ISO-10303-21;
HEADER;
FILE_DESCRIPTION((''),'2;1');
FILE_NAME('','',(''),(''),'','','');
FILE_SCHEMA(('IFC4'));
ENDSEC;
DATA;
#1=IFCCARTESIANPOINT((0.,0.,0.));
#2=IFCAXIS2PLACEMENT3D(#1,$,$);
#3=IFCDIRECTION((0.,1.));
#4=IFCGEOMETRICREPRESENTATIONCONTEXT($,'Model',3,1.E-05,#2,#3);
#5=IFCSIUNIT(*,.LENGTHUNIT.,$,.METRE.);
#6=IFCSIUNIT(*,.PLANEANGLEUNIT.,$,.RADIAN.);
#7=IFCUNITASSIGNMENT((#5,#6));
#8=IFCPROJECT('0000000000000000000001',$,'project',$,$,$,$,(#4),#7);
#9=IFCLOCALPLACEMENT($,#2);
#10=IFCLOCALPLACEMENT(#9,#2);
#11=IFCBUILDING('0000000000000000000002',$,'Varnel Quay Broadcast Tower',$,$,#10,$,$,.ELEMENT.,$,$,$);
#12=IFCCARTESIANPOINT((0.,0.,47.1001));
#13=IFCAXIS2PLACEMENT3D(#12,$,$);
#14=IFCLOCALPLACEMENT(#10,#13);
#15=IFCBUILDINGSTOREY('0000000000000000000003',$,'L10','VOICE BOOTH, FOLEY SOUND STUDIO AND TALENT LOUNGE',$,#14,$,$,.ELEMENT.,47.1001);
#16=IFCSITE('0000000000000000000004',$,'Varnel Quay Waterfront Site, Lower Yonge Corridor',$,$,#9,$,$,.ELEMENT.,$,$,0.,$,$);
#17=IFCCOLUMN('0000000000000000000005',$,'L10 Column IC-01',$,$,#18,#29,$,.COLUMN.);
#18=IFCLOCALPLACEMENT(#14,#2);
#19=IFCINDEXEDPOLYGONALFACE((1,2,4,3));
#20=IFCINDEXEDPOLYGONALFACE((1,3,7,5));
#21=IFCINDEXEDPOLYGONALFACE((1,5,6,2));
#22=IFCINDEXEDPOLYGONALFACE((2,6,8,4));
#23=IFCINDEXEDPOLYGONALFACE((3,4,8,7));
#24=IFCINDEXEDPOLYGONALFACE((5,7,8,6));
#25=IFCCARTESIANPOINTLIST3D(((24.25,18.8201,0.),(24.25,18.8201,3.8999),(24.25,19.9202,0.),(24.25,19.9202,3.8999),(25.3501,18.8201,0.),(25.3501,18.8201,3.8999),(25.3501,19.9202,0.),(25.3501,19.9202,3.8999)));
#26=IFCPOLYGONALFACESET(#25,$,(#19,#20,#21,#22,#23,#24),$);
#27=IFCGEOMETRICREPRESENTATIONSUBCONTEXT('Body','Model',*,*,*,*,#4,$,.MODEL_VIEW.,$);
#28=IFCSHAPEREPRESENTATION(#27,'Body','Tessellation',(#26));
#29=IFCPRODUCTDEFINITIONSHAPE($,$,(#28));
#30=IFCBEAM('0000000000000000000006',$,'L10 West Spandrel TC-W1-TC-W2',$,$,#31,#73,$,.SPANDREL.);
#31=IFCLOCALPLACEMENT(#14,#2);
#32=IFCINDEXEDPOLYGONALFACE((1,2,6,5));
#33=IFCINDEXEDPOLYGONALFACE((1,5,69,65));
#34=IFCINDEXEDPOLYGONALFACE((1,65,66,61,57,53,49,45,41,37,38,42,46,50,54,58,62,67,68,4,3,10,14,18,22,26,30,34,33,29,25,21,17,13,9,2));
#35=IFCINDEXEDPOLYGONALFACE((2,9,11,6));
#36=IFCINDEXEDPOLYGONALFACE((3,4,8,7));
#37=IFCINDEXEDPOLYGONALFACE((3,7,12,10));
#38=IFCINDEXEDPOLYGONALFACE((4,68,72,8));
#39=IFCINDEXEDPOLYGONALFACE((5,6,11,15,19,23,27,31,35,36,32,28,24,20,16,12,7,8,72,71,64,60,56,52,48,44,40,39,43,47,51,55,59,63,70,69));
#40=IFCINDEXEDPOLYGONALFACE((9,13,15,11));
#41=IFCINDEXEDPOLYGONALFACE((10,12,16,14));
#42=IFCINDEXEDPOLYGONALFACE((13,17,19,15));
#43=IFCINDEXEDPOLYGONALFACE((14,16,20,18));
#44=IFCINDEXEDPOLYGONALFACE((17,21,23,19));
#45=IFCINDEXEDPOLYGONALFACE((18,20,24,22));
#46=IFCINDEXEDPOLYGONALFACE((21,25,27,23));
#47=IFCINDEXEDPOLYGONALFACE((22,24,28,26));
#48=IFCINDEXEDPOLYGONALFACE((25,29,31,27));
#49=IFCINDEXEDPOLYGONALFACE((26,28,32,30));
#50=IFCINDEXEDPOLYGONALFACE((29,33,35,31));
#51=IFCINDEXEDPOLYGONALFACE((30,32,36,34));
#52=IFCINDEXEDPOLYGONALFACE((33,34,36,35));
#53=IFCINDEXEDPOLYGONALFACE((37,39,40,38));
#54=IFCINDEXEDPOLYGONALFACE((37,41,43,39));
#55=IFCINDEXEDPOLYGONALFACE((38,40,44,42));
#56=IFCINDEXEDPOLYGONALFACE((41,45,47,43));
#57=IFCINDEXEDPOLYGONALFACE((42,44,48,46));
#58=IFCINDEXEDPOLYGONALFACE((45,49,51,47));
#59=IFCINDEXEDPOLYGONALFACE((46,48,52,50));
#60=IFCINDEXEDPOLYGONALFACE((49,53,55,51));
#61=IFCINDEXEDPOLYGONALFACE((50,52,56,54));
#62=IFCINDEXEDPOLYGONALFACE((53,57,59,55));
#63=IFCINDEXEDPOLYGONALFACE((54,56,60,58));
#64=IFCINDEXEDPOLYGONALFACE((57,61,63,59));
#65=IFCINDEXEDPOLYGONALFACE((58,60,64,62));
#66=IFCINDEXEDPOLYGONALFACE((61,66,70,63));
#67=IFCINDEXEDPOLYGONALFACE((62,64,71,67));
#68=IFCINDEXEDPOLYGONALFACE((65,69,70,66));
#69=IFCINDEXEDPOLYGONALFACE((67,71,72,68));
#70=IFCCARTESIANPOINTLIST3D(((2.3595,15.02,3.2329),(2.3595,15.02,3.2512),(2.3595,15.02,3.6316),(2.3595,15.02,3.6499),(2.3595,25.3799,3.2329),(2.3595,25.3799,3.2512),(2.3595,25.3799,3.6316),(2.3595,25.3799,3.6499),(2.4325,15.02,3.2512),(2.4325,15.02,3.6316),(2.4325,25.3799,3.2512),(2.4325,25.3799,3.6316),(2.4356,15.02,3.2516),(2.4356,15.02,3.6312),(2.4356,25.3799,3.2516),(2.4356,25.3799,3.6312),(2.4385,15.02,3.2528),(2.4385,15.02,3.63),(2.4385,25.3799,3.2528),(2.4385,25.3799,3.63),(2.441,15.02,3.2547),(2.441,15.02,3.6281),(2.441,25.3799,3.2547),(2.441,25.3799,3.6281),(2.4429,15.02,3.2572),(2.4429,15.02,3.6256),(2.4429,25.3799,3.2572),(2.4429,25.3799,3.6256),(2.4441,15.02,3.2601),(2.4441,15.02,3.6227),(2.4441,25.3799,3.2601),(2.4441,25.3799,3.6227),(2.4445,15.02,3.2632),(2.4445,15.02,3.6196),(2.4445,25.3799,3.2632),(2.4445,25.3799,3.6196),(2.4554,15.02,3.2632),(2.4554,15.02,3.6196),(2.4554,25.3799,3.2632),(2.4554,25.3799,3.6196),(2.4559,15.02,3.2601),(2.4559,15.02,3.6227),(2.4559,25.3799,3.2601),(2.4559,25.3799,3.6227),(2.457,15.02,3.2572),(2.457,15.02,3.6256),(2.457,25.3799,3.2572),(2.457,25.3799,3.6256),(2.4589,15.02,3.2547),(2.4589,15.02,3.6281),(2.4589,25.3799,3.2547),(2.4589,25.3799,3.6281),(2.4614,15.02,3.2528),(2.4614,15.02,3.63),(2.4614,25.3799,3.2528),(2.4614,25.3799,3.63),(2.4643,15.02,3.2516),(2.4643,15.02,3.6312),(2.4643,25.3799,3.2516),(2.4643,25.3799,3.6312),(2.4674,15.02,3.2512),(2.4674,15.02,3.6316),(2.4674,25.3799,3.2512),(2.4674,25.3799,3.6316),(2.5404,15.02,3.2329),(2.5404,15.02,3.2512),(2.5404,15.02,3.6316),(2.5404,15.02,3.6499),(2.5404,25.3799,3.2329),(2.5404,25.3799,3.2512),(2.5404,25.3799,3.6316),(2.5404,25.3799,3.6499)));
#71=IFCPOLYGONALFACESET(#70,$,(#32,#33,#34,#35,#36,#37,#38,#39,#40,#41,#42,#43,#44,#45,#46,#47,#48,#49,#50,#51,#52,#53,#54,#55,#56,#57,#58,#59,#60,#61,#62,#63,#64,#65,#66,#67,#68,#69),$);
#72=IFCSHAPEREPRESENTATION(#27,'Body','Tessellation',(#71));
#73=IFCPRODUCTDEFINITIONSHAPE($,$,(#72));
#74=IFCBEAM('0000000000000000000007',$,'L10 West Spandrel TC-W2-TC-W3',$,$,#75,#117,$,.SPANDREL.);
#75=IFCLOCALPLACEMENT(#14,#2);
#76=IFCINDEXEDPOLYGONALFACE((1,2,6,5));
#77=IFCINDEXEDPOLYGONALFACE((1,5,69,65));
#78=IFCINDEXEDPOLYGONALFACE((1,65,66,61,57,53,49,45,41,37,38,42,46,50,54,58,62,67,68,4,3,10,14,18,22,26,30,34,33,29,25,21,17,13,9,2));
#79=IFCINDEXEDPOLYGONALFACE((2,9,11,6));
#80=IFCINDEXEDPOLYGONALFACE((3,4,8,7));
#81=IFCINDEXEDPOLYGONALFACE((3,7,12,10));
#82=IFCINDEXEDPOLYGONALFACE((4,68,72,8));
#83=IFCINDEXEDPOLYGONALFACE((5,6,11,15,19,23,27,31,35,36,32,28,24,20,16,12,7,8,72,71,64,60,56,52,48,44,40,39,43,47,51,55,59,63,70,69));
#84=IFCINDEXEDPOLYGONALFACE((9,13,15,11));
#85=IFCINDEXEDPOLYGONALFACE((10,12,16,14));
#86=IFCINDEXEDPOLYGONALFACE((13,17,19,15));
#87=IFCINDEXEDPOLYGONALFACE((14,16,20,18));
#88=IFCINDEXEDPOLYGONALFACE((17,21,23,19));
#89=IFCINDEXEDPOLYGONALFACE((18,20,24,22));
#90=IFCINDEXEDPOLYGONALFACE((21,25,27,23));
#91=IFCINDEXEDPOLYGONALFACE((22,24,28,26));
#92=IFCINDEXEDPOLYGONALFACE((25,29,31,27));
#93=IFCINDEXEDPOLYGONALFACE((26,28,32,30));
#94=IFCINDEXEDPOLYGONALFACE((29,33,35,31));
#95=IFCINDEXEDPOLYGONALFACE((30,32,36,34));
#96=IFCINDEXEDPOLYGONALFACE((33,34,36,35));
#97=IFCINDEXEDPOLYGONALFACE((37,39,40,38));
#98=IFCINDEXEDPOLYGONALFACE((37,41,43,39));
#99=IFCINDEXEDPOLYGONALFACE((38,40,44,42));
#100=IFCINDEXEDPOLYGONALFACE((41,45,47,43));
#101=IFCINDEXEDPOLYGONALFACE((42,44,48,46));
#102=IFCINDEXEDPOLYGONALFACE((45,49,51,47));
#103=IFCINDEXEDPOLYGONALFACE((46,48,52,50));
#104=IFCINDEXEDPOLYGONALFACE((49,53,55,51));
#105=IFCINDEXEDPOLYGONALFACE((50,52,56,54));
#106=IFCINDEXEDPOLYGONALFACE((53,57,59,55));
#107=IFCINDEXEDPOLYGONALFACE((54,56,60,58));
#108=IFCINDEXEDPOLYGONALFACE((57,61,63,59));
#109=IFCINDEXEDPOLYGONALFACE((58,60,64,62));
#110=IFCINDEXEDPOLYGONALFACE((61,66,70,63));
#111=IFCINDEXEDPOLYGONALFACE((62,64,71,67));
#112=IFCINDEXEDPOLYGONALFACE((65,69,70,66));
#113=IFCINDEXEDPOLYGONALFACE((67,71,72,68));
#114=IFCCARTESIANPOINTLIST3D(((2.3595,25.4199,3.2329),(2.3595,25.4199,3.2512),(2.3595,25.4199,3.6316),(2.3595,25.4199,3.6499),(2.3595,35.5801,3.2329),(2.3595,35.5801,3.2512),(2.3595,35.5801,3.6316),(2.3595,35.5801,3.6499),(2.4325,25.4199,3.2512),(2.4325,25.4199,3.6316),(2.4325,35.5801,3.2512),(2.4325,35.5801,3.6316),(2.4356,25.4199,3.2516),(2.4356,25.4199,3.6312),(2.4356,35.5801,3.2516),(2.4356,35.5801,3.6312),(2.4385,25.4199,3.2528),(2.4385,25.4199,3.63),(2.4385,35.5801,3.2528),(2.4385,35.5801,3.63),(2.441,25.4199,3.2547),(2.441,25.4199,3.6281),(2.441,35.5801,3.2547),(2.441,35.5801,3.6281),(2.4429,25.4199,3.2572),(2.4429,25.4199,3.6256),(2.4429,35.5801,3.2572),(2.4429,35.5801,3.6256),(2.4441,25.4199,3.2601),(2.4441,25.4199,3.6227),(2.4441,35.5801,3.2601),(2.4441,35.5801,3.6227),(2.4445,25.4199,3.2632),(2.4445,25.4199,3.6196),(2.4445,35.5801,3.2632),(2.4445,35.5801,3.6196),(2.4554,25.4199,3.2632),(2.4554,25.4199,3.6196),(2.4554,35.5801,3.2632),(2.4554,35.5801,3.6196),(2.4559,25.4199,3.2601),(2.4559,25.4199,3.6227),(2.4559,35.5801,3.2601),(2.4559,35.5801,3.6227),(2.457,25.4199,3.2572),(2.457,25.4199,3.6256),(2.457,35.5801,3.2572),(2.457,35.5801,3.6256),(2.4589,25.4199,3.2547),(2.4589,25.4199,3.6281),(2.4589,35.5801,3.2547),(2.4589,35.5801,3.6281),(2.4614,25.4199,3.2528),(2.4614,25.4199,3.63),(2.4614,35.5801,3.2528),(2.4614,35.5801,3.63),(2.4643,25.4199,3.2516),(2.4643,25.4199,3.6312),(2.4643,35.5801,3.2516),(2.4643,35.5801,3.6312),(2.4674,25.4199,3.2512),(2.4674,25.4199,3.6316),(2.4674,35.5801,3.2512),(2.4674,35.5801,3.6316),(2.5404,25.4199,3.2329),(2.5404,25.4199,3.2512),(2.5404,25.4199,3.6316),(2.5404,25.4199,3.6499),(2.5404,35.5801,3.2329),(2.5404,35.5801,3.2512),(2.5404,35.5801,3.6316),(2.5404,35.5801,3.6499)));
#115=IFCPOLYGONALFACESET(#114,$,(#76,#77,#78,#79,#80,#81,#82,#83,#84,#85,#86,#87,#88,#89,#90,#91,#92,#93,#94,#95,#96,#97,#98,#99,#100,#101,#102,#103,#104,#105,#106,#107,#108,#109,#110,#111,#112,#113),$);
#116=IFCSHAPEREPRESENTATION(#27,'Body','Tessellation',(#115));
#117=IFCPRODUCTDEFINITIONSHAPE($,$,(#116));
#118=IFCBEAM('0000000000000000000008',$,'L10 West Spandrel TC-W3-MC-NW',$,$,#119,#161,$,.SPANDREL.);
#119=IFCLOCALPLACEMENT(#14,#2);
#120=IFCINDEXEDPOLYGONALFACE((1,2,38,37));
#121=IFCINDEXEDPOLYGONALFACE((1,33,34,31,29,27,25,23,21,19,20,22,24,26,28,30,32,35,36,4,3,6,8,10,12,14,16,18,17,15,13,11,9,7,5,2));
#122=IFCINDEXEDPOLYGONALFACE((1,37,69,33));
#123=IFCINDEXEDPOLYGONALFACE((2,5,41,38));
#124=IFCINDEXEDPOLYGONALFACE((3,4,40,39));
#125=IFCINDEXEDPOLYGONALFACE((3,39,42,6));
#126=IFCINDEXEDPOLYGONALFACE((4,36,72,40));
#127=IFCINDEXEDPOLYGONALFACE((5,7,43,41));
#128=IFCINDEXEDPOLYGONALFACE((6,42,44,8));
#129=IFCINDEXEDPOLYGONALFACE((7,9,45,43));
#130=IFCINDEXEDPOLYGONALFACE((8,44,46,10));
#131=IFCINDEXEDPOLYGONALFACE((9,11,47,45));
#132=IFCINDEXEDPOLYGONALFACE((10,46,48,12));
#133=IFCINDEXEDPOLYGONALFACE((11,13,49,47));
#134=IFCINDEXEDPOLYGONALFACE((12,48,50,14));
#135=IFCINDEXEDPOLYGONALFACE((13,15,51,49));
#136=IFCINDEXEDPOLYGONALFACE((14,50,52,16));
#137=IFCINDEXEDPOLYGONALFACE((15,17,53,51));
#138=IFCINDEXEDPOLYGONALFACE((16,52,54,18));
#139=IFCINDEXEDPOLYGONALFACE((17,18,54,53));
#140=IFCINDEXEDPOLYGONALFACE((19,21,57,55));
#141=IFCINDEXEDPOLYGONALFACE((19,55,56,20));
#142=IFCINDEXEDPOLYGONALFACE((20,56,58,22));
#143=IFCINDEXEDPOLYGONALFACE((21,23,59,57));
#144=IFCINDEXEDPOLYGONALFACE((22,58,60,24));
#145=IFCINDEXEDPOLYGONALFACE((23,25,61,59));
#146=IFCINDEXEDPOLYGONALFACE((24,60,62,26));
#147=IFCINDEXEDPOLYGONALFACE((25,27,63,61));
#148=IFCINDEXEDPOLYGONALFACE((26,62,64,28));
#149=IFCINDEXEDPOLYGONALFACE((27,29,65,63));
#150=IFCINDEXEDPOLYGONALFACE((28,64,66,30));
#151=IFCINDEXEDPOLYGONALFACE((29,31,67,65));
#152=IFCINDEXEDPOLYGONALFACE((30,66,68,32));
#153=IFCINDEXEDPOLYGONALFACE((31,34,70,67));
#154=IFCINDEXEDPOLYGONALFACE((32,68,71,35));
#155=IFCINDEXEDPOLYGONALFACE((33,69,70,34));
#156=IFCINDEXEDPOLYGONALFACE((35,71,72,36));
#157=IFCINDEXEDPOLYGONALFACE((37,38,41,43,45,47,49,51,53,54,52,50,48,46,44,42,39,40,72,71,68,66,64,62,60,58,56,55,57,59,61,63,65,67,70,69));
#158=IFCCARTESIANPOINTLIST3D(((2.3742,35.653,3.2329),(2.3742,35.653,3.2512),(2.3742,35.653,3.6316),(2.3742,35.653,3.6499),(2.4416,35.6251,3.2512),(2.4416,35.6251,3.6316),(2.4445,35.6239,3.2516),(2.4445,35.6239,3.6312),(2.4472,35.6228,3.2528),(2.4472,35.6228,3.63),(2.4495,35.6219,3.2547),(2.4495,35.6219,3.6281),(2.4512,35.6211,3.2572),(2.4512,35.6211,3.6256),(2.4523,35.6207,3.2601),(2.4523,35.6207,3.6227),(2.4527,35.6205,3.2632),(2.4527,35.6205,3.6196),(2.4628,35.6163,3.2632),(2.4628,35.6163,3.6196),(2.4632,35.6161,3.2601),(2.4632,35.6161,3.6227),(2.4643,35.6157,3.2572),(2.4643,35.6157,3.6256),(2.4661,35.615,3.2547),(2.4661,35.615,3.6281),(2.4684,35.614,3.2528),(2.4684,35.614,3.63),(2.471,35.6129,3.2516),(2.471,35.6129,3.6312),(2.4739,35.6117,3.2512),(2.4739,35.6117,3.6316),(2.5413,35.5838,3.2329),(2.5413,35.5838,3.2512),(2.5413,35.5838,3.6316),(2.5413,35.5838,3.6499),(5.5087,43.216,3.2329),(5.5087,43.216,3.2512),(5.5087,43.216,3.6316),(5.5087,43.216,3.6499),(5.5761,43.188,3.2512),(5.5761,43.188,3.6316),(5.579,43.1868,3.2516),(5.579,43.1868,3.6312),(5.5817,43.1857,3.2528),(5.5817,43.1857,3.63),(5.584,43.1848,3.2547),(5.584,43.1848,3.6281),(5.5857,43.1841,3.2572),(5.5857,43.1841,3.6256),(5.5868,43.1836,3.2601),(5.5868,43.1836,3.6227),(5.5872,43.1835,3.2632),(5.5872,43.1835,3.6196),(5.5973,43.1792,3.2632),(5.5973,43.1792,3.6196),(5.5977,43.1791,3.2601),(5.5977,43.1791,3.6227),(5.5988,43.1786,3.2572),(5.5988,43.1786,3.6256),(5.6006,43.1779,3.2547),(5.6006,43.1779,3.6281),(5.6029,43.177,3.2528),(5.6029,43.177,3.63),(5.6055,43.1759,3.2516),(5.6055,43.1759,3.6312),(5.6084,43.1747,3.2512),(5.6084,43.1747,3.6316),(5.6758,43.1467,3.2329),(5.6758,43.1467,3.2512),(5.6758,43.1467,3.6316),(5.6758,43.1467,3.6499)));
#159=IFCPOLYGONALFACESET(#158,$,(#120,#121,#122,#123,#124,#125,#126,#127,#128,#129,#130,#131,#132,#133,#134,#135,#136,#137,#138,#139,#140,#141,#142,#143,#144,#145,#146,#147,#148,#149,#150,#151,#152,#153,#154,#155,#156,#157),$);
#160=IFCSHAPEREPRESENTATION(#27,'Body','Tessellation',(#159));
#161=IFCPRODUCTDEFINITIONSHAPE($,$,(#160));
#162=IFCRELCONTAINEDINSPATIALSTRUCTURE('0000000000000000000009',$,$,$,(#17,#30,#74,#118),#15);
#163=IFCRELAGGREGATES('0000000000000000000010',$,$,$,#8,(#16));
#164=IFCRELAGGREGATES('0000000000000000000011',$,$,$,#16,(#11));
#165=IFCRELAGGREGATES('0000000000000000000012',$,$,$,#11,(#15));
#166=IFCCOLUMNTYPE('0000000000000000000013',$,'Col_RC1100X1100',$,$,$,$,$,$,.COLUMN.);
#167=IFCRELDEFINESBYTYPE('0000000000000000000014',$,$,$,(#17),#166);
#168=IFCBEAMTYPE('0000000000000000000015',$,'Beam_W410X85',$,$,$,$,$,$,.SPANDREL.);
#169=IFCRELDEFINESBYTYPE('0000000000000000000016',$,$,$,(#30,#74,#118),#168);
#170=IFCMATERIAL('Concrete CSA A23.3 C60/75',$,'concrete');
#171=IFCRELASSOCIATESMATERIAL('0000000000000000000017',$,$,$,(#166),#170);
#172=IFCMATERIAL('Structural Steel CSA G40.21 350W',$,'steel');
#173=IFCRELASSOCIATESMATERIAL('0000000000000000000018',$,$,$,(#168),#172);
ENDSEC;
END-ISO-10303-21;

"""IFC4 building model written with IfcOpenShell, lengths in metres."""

from ifc_helpers import new_model, si_unit, direction, frame, origin, origin_2d, place, context, subcontext, project, spatial, rectangle, i_section, extrude, source, transform, mapped, material, material_profile, profile_set, type_object, type_shapes, element, save


model = new_model("IFC4")

# Units and contexts
model_context = context("Model", 3, precision=1e-05, world=origin(), true_north=direction((0.0, 1.0)))
body_context = subcontext(model_context, "Body", "Model", "MODEL_VIEW")
ifc_project = project(units=[si_unit("LENGTHUNIT", "METRE"), si_unit("PLANEANGLEUNIT", "RADIAN")], contexts=[model_context])

# Site, building, storey
site_placement = place(None, origin())
site = spatial("IfcSite", under=ifc_project, at=site_placement, Name="Varnel Quay Waterfront Site, Lower Yonge Corridor", CompositionType="ELEMENT", RefElevation=0.0)
building_placement = place(site_placement, origin())
building = spatial("IfcBuilding", under=site, at=building_placement, Name="Varnel Quay Broadcast Tower", CompositionType="ELEMENT")
storey_placement = place(building_placement, frame((0.0, 0.0, 47.1001)))
storey = spatial("IfcBuildingStorey", under=building, at=storey_placement, Name="L10", Description="VOICE BOOTH, FOLEY SOUND STUDIO AND TALENT LOUNGE", CompositionType="ELEMENT", Elevation=47.1001)

# Column
ifc_material_1 = material(Name="Structural Steel CSA G40.21 350W", Category="steel")
ifc_material_2 = material(Name="Concrete CSA A23.3 C60/75", Category="concrete")
ifc_material_profile_1 = material_profile(ifc_material_2, rectangle(XDim=1.1001, YDim=1.1001, at=origin_2d()), Name="RC1100X1100")
ifc_profile_set_1 = profile_set([ifc_material_profile_1], Name="Concrete CSA A23.3 C60/75")
column_type_1 = type_object("IfcColumnType", Name="Col_RC1100X1100", PredefinedType="COLUMN", material=ifc_profile_set_1)
shared_shape_1 = source(origin(), body_context, "Body", "SweptSolid", [
    extrude(rectangle(XDim=1.1001, YDim=1.1001, at=origin_2d()), origin(), (0.0, 0.0, 1.0), 3.8999),
])
type_shapes(column_type_1, [shared_shape_1])
column_placement = place(storey_placement, frame((24.8, 19.3701, 0.0), z_axis=(0.0, 0.0, 1.0), x_axis=(1.0, 0.0, 0.0)))
element("IfcColumn", 1, at=column_placement, inside=storey, type_object=column_type_1, Name="L10 Column IC-01", PredefinedType="COLUMN", context=body_context, shape_type="MappedRepresentation", body=[
    mapped(shared_shape_1, transform((0.0, 0.0, 0.0), x_axis=(1.0, 0.0, 0.0), y_axis=(0.0, 1.0, 0.0), z_axis=(0.0, 0.0, 1.0), scale=1.0)),
])

# Beams
ifc_material_profile_2 = material_profile(ifc_material_1, i_section(OverallWidth=0.1809, OverallDepth=0.417, WebThickness=0.011, FlangeThickness=0.0183, FilletRadius=0.012, at=origin_2d()), Name="W410X85")
ifc_profile_set_2 = profile_set([ifc_material_profile_2], Name="Structural Steel CSA G40.21 350W")
beam_type_1 = type_object("IfcBeamType", Name="Beam_W410X85", PredefinedType="SPANDREL", material=ifc_profile_set_2)
shared_shape_2 = source(origin(), body_context, "Body", "SweptSolid", [
    extrude(i_section(OverallWidth=0.1809, OverallDepth=0.417, WebThickness=0.011, FlangeThickness=0.0183, FilletRadius=0.012, at=origin_2d()), origin(), (0.0, 0.0, 1.0), 10.3599),
])
beam_1_placement = place(storey_placement, frame((2.45, 15.02, 3.4414), z_axis=(0.0, 1.0, 0.0), x_axis=(-1.0, 0.0, 0.0)))
element("IfcBeam", 2, at=beam_1_placement, inside=storey, type_object=beam_type_1, Name="L10 West Spandrel TC-W1-TC-W2", PredefinedType="SPANDREL", context=body_context, shape_type="MappedRepresentation", body=[
    mapped(shared_shape_2, transform((0.0, 0.0, 0.0), x_axis=(1.0, 0.0, 0.0), y_axis=(0.0, 1.0, 0.0), z_axis=(0.0, 0.0, 1.0), scale=1.0)),
])
shared_shape_3 = source(origin(), body_context, "Body", "SweptSolid", [
    extrude(i_section(OverallWidth=0.1809, OverallDepth=0.417, WebThickness=0.011, FlangeThickness=0.0183, FilletRadius=0.012, at=origin_2d()), origin(), (0.0, 0.0, 1.0), 10.1602),
])
beam_2_placement = place(storey_placement, frame((2.45, 25.4199, 3.4414), z_axis=(0.0, 1.0, 0.0), x_axis=(-1.0, 0.0, 0.0)))
element("IfcBeam", 3, at=beam_2_placement, inside=storey, type_object=beam_type_1, Name="L10 West Spandrel TC-W2-TC-W3", PredefinedType="SPANDREL", context=body_context, shape_type="MappedRepresentation", body=[
    mapped(shared_shape_3, transform((0.0, 0.0, 0.0), x_axis=(1.0, 0.0, 0.0), y_axis=(0.0, 1.0, 0.0), z_axis=(0.0, 0.0, 1.0), scale=1.0)),
])
shared_shape_4 = source(origin(), body_context, "Body", "SweptSolid", [
    extrude(i_section(OverallWidth=0.1809, OverallDepth=0.417, WebThickness=0.011, FlangeThickness=0.0183, FilletRadius=0.012, at=origin_2d()), origin(), (0.0, 0.0, 1.0), 8.1868),
])
type_shapes(beam_type_1, [shared_shape_2, shared_shape_3, shared_shape_4])
beam_3_placement = place(storey_placement, frame((2.4578, 35.6184, 3.4414), z_axis=(0.382874, 0.923801, 0.0), x_axis=(-0.923801, 0.382874, 0.0)))
element("IfcBeam", 4, at=beam_3_placement, inside=storey, type_object=beam_type_1, Name="L10 West Spandrel TC-W3-MC-NW", PredefinedType="SPANDREL", context=body_context, shape_type="MappedRepresentation", body=[
    mapped(shared_shape_4, transform((0.0, 0.0, 0.0), x_axis=(1.0, 0.0, 0.0), y_axis=(0.0, 1.0, 0.0), z_axis=(0.0, 0.0, 1.0), scale=1.0)),
])

save(model, "model.ifc")
